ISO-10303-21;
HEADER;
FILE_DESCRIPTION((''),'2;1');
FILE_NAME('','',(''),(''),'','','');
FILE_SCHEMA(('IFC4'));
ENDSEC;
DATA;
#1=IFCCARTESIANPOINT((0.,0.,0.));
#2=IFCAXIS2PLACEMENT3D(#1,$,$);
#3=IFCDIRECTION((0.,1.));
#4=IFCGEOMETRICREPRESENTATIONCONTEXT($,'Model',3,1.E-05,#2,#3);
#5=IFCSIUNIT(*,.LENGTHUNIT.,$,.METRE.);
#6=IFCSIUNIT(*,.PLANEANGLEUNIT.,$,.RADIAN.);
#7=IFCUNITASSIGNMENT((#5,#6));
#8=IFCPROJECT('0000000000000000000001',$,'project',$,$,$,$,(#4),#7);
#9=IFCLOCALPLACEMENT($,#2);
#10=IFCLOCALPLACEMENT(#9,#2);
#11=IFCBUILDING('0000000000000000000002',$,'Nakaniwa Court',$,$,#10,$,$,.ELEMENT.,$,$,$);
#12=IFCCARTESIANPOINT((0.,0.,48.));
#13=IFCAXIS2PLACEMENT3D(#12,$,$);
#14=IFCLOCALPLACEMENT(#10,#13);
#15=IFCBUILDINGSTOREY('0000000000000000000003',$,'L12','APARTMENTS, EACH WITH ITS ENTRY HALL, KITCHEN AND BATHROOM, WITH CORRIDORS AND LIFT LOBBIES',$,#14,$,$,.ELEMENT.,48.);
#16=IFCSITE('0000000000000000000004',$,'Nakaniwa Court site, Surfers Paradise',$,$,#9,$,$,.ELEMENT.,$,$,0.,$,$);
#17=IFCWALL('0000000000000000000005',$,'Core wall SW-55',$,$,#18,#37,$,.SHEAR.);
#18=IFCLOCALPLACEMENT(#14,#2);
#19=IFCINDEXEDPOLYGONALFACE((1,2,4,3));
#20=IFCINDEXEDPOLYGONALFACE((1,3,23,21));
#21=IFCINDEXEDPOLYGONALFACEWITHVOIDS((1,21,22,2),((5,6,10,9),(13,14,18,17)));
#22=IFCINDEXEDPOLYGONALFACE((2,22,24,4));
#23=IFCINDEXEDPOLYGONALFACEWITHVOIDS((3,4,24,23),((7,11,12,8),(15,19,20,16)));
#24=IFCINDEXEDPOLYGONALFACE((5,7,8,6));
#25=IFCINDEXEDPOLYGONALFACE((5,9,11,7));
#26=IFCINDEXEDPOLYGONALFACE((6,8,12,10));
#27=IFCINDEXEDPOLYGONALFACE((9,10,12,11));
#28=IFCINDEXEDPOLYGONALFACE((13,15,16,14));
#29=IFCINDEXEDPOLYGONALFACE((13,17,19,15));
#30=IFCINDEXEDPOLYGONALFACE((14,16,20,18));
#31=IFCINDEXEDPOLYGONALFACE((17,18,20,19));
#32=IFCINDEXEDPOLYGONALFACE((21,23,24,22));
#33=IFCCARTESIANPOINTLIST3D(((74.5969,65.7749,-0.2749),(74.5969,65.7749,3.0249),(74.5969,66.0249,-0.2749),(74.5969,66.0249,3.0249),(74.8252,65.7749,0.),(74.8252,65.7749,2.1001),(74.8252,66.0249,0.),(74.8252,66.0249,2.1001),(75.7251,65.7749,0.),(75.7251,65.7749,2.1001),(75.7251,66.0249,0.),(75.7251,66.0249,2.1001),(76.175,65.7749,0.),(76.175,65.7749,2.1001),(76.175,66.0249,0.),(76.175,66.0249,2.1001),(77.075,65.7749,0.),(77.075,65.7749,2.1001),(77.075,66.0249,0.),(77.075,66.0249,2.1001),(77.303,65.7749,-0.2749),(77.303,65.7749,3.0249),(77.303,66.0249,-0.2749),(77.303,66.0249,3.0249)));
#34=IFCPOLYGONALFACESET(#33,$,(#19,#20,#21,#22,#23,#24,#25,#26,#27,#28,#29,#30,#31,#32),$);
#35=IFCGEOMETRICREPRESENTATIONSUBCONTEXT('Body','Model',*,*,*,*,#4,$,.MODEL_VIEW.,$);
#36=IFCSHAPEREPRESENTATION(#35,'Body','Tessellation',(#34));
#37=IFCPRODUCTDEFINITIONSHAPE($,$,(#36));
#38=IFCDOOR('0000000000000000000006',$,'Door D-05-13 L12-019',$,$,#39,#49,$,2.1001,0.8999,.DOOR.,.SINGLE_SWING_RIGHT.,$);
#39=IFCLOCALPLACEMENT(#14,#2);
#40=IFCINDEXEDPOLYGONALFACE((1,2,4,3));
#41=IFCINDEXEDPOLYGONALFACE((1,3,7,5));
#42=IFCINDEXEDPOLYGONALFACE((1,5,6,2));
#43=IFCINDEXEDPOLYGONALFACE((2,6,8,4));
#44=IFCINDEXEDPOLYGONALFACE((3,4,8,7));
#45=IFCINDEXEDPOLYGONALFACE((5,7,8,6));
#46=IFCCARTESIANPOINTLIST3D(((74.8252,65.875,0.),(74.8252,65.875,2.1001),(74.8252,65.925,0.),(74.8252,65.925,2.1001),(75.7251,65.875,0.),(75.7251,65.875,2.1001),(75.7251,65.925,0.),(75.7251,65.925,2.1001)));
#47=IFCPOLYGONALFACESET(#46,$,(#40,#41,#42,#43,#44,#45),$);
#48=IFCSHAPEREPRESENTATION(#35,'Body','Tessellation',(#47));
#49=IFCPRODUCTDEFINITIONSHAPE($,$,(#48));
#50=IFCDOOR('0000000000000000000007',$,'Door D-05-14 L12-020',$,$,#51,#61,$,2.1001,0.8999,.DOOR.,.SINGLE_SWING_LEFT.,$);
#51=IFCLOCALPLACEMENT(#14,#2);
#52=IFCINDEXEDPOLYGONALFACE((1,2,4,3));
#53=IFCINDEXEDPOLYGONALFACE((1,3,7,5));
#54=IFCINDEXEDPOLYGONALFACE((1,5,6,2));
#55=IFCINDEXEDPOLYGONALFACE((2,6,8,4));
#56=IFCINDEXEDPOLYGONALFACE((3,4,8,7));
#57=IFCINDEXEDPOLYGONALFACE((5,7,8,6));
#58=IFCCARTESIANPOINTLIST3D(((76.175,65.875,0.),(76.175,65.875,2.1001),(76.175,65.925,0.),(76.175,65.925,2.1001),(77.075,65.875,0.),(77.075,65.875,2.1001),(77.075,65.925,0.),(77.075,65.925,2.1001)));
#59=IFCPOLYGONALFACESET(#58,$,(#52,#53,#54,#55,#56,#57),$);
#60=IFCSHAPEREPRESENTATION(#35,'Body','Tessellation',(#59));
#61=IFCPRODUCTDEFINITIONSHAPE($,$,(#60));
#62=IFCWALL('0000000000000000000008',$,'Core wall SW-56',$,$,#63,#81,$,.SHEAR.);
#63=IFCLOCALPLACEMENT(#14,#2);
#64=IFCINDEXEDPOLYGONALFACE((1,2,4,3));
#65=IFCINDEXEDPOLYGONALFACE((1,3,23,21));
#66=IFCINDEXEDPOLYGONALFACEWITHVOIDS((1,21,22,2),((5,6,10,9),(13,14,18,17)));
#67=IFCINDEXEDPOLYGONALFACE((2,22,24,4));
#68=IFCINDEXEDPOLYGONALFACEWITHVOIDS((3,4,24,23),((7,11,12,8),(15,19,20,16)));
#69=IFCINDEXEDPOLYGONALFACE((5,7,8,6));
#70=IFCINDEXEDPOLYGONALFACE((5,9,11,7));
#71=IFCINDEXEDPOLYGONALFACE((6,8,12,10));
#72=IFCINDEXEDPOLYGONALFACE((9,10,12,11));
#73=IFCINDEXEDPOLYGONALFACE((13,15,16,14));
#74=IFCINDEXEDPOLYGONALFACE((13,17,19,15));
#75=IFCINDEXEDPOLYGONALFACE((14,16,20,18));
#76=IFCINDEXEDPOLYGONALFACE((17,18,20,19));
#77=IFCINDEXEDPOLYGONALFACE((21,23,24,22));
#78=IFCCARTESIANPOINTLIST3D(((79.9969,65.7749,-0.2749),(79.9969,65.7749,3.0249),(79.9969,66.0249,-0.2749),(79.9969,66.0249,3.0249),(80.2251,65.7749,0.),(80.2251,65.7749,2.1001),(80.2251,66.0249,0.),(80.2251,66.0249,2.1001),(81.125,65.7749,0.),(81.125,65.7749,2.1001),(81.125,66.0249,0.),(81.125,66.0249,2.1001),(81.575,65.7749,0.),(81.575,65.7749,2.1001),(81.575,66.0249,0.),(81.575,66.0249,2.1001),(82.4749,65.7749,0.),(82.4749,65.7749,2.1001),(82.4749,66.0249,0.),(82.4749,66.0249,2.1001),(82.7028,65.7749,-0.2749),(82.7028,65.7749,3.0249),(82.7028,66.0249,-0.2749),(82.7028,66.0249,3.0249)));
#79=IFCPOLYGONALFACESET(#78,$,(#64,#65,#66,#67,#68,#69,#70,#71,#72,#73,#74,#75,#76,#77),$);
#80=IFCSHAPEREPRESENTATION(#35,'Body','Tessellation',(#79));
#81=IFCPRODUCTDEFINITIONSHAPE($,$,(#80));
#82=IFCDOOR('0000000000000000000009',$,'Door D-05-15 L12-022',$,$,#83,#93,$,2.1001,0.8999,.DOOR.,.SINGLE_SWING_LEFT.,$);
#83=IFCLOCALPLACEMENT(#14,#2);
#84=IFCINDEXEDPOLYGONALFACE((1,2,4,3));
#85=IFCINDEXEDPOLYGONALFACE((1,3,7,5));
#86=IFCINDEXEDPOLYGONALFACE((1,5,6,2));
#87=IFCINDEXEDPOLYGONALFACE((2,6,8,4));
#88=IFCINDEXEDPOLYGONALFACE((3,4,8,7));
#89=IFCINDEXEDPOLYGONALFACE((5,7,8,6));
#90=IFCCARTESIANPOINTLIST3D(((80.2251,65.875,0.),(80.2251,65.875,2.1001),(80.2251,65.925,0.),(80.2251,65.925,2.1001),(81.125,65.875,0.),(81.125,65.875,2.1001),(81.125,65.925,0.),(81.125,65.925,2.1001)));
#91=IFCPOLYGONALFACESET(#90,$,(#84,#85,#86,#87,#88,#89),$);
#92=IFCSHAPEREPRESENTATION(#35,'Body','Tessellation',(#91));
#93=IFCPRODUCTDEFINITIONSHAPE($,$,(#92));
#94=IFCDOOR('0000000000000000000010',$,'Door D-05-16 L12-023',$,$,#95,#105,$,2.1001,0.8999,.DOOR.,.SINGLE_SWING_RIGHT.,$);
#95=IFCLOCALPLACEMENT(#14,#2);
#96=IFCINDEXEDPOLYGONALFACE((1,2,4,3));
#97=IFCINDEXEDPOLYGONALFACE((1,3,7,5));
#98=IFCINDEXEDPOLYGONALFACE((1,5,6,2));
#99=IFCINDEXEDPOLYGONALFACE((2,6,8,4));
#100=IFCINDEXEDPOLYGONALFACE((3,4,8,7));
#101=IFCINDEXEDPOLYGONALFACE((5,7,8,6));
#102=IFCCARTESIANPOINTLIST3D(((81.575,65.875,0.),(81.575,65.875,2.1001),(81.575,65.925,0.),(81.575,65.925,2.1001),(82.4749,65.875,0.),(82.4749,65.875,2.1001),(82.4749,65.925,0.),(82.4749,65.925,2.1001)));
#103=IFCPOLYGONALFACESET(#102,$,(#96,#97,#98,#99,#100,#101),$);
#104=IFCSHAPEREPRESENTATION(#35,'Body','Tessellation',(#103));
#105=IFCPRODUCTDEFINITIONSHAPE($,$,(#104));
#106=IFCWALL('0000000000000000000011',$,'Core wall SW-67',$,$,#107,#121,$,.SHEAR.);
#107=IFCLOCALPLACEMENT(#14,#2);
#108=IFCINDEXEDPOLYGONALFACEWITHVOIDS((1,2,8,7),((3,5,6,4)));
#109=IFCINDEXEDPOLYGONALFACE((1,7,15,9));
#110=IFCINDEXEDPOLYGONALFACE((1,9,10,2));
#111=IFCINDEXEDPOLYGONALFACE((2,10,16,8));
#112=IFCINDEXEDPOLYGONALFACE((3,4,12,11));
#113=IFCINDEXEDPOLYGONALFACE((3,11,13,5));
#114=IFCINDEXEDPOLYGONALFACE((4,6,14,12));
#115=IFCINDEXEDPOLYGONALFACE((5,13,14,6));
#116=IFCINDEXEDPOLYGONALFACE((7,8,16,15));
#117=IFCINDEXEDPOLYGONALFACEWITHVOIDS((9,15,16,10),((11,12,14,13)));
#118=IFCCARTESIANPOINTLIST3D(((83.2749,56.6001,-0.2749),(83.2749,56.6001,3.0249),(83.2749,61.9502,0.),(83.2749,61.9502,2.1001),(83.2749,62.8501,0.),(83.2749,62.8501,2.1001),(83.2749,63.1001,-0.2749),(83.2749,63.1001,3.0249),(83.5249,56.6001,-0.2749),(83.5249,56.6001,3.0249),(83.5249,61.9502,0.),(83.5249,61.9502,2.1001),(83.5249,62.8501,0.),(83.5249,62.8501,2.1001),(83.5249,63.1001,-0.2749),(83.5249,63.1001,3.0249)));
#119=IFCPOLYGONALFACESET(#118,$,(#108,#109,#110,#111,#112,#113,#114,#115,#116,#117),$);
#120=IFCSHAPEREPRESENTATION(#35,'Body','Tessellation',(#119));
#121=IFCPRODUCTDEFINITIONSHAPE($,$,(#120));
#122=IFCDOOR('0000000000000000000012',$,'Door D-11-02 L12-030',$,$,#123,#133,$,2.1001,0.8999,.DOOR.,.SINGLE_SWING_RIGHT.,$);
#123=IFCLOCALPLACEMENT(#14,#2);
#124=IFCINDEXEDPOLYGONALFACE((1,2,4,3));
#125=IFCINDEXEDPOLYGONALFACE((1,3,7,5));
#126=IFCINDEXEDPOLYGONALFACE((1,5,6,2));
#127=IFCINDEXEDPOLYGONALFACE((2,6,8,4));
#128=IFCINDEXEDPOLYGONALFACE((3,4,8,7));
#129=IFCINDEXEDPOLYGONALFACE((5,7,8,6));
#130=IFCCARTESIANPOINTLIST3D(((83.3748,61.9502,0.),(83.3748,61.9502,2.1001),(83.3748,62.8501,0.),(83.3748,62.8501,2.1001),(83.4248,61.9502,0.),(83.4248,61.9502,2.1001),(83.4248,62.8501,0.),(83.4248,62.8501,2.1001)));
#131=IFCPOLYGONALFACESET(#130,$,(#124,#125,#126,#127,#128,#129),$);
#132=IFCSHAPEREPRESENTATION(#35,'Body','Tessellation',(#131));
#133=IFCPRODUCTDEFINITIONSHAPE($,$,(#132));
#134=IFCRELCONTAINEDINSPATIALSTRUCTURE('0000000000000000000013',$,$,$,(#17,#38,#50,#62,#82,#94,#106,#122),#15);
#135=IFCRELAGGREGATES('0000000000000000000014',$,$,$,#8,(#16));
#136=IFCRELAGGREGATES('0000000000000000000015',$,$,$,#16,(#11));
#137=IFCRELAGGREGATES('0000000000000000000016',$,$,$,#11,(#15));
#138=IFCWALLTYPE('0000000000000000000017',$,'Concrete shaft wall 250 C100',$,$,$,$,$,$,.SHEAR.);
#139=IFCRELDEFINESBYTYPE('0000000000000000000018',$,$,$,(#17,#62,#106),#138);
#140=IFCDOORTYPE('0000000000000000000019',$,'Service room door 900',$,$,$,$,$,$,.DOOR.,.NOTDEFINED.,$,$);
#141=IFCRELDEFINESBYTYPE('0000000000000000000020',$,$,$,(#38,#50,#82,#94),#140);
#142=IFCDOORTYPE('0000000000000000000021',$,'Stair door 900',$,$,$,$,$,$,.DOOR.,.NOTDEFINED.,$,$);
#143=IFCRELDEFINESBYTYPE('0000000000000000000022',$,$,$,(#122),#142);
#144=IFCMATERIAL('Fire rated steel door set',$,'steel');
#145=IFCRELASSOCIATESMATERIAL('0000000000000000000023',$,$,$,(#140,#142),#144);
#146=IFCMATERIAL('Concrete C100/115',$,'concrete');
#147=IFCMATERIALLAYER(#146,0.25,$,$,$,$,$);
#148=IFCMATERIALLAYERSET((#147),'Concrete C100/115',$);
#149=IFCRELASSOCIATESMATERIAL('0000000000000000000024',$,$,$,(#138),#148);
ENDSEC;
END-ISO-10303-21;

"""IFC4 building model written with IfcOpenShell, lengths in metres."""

from ifc_helpers import new_model, si_unit, direction, frame, frame_2d, origin, place, context, subcontext, project, spatial, rectangle, extrude, material, layer, layer_set, type_object, element, fill, save


model = new_model("IFC4")

# Units and contexts
model_context = context("Model", 3, precision=1e-05, world=origin(), true_north=direction((0.0, 1.0)))
body_context = subcontext(model_context, "Body", "Model", "MODEL_VIEW")
ifc_project = project(units=[si_unit("LENGTHUNIT", "METRE"), si_unit("PLANEANGLEUNIT", "RADIAN")], contexts=[model_context])

# Site, building, storey
site_placement = place(None, origin())
site = spatial("IfcSite", under=ifc_project, at=site_placement, Name="Nakaniwa Court site, Surfers Paradise", CompositionType="ELEMENT", RefElevation=0.0)
building_placement = place(site_placement, origin())
building = spatial("IfcBuilding", under=site, at=building_placement, Name="Nakaniwa Court", CompositionType="ELEMENT")
storey_placement = place(building_placement, frame((0.0, 0.0, 48.0)))
storey = spatial("IfcBuildingStorey", under=building, at=storey_placement, Name="L12", Description="APARTMENTS, EACH WITH ITS ENTRY HALL, KITCHEN AND BATHROOM, WITH CORRIDORS AND LIFT LOBBIES", CompositionType="ELEMENT", Elevation=48.0)

# Shared definitions
ifc_material_1 = material(Name="Fire rated steel door set", Category="steel")
door_type_1 = type_object("IfcDoorType", Name="Service room door 900", OperationType="NOTDEFINED", PredefinedType="DOOR", material=ifc_material_1)

# Shared definitions
ifc_material_2 = material(Name="Concrete C100/115", Category="concrete")
ifc_layer_1 = layer(ifc_material_2, 0.25)
ifc_layer_set_1 = layer_set([ifc_layer_1], Name="Concrete C100/115")
wall_type_1 = type_object("IfcWallType", Name="Concrete shaft wall 250 C100", PredefinedType="SHEAR", material=ifc_layer_set_1)

# Walls, openings, doors
wall_1_placement = place(storey_placement, frame((77.303, 65.8999, -0.2749), z_axis=(0.0, 0.0, 1.0), x_axis=(-1.0, 0.0, 0.0)))
wall_1 = element("IfcWall", 1, at=wall_1_placement, inside=storey, type_object=wall_type_1, Name="Core wall SW-55", PredefinedType="SHEAR", context=body_context, shape_type="SweptSolid", body=[
    extrude(rectangle(XDim=2.7061, YDim=0.25, at=frame_2d((1.353, 0.0))), origin(), (0.0, 0.0, 1.0), 3.2998),
])
opening_1_placement = place(wall_1_placement, frame((1.5779, 0.0, 0.2749)))
opening_1 = element("IfcOpeningElement", 2, at=opening_1_placement, cuts=wall_1, PredefinedType="OPENING", context=body_context, shape_type="SweptSolid", body=[
    extrude(rectangle(XDim=0.8999, YDim=2.1001, at=frame_2d((0.45, 1.05))), frame((0.0, 0.135, 0.0), z_axis=(0.0, -1.0, 0.0), x_axis=(1.0, 0.0, 0.0)), (0.0, 0.0, 1.0), 0.27),
])
opening_2_placement = place(wall_1_placement, frame((0.228, 0.0, 0.2749)))
opening_2 = element("IfcOpeningElement", 3, at=opening_2_placement, cuts=wall_1, PredefinedType="OPENING", context=body_context, shape_type="SweptSolid", body=[
    extrude(rectangle(XDim=0.8999, YDim=2.1001, at=frame_2d((0.45, 1.05))), frame((0.0, 0.135, 0.0), z_axis=(0.0, -1.0, 0.0), x_axis=(1.0, 0.0, 0.0)), (0.0, 0.0, 1.0), 0.27),
])
door_1_placement = place(opening_1_placement, origin())
door_1 = element("IfcDoor", 4, at=door_1_placement, inside=storey, type_object=door_type_1, Name="Door D-05-13 L12-019", OperationType="SINGLE_SWING_RIGHT", OverallHeight=2.1001, OverallWidth=0.8999, PredefinedType="DOOR", context=body_context, shape_type="SweptSolid", body=[
    extrude(rectangle(XDim=0.8999, YDim=2.1001, at=frame_2d((0.45, 1.05))), frame((0.0, 0.0249, 0.0), z_axis=(0.0, -1.0, 0.0), x_axis=(1.0, 0.0, 0.0)), (0.0, 0.0, 1.0), 0.05),
])
fill(opening_1, door_1)
door_2_placement = place(opening_2_placement, origin())
door_2 = element("IfcDoor", 5, at=door_2_placement, inside=storey, type_object=door_type_1, Name="Door D-05-14 L12-020", OperationType="SINGLE_SWING_LEFT", OverallHeight=2.1001, OverallWidth=0.8999, PredefinedType="DOOR", context=body_context, shape_type="SweptSolid", body=[
    extrude(rectangle(XDim=0.8999, YDim=2.1001, at=frame_2d((0.45, 1.05))), frame((0.0, 0.0249, 0.0), z_axis=(0.0, -1.0, 0.0), x_axis=(1.0, 0.0, 0.0)), (0.0, 0.0, 1.0), 0.05),
])
fill(opening_2, door_2)
wall_2_placement = place(storey_placement, frame((82.7029, 65.8999, -0.2749), z_axis=(0.0, 0.0, 1.0), x_axis=(-1.0, 0.0, 0.0)))
wall_2 = element("IfcWall", 6, at=wall_2_placement, inside=storey, type_object=wall_type_1, Name="Core wall SW-56", PredefinedType="SHEAR", context=body_context, shape_type="SweptSolid", body=[
    extrude(rectangle(XDim=2.7058, YDim=0.25, at=frame_2d((1.353, 0.0))), origin(), (0.0, 0.0, 1.0), 3.2998),
])
opening_3_placement = place(wall_2_placement, frame((1.5779, 0.0, 0.2749)))
opening_3 = element("IfcOpeningElement", 7, at=opening_3_placement, cuts=wall_2, PredefinedType="OPENING", context=body_context, shape_type="SweptSolid", body=[
    extrude(rectangle(XDim=0.8999, YDim=2.1001, at=frame_2d((0.45, 1.05))), frame((0.0, 0.135, 0.0), z_axis=(0.0, -1.0, 0.0), x_axis=(1.0, 0.0, 0.0)), (0.0, 0.0, 1.0), 0.27),
])
opening_4_placement = place(wall_2_placement, frame((0.228, 0.0, 0.2749)))
opening_4 = element("IfcOpeningElement", 8, at=opening_4_placement, cuts=wall_2, PredefinedType="OPENING", context=body_context, shape_type="SweptSolid", body=[
    extrude(rectangle(XDim=0.8999, YDim=2.1001, at=frame_2d((0.45, 1.05))), frame((0.0, 0.135, 0.0), z_axis=(0.0, -1.0, 0.0), x_axis=(1.0, 0.0, 0.0)), (0.0, 0.0, 1.0), 0.27),
])
door_3_placement = place(opening_3_placement, origin())
door_3 = element("IfcDoor", 9, at=door_3_placement, inside=storey, type_object=door_type_1, Name="Door D-05-15 L12-022", OperationType="SINGLE_SWING_LEFT", OverallHeight=2.1001, OverallWidth=0.8999, PredefinedType="DOOR", context=body_context, shape_type="SweptSolid", body=[
    extrude(rectangle(XDim=0.8999, YDim=2.1001, at=frame_2d((0.45, 1.05))), frame((0.0, 0.0249, 0.0), z_axis=(0.0, -1.0, 0.0), x_axis=(1.0, 0.0, 0.0)), (0.0, 0.0, 1.0), 0.05),
])
fill(opening_3, door_3)
door_4_placement = place(opening_4_placement, origin())
door_4 = element("IfcDoor", 10, at=door_4_placement, inside=storey, type_object=door_type_1, Name="Door D-05-16 L12-023", OperationType="SINGLE_SWING_RIGHT", OverallHeight=2.1001, OverallWidth=0.8999, PredefinedType="DOOR", context=body_context, shape_type="SweptSolid", body=[
    extrude(rectangle(XDim=0.8999, YDim=2.1001, at=frame_2d((0.45, 1.05))), frame((0.0, 0.0249, 0.0), z_axis=(0.0, -1.0, 0.0), x_axis=(1.0, 0.0, 0.0)), (0.0, 0.0, 1.0), 0.05),
])
fill(opening_4, door_4)

# Wall, opening, door
wall_3_placement = place(storey_placement, frame((83.3999, 63.1001, -0.2749), z_axis=(0.0, 0.0, 1.0), x_axis=(0.0, -1.0, 0.0)))
wall_3 = element("IfcWall", 11, at=wall_3_placement, inside=storey, type_object=wall_type_1, Name="Core wall SW-67", PredefinedType="SHEAR", context=body_context, shape_type="SweptSolid", body=[
    extrude(rectangle(XDim=6.5, YDim=0.25, at=frame_2d((3.25, 0.0))), origin(), (0.0, 0.0, 1.0), 3.2998),
])
opening_5_placement = place(wall_3_placement, frame((0.25, 0.0, 0.2749)))
opening_5 = element("IfcOpeningElement", 12, at=opening_5_placement, cuts=wall_3, PredefinedType="OPENING", context=body_context, shape_type="SweptSolid", body=[
    extrude(rectangle(XDim=0.8999, YDim=2.1001, at=frame_2d((0.45, 1.05))), frame((0.0, 0.135, 0.0), z_axis=(0.0, -1.0, 0.0), x_axis=(1.0, 0.0, 0.0)), (0.0, 0.0, 1.0), 0.27),
])
door_type_2 = type_object("IfcDoorType", Name="Stair door 900", OperationType="NOTDEFINED", PredefinedType="DOOR", material=ifc_material_1)
door_5_placement = place(opening_5_placement, origin())
door_5 = element("IfcDoor", 13, at=door_5_placement, inside=storey, type_object=door_type_2, Name="Door D-11-02 L12-030", OperationType="SINGLE_SWING_RIGHT", OverallHeight=2.1001, OverallWidth=0.8999, PredefinedType="DOOR", context=body_context, shape_type="SweptSolid", body=[
    extrude(rectangle(XDim=0.8999, YDim=2.1001, at=frame_2d((0.45, 1.05))), frame((0.0, 0.0249, 0.0), z_axis=(0.0, -1.0, 0.0), x_axis=(1.0, 0.0, 0.0)), (0.0, 0.0, 1.0), 0.05),
])
fill(opening_5, door_5)

save(model, "model.ifc")
